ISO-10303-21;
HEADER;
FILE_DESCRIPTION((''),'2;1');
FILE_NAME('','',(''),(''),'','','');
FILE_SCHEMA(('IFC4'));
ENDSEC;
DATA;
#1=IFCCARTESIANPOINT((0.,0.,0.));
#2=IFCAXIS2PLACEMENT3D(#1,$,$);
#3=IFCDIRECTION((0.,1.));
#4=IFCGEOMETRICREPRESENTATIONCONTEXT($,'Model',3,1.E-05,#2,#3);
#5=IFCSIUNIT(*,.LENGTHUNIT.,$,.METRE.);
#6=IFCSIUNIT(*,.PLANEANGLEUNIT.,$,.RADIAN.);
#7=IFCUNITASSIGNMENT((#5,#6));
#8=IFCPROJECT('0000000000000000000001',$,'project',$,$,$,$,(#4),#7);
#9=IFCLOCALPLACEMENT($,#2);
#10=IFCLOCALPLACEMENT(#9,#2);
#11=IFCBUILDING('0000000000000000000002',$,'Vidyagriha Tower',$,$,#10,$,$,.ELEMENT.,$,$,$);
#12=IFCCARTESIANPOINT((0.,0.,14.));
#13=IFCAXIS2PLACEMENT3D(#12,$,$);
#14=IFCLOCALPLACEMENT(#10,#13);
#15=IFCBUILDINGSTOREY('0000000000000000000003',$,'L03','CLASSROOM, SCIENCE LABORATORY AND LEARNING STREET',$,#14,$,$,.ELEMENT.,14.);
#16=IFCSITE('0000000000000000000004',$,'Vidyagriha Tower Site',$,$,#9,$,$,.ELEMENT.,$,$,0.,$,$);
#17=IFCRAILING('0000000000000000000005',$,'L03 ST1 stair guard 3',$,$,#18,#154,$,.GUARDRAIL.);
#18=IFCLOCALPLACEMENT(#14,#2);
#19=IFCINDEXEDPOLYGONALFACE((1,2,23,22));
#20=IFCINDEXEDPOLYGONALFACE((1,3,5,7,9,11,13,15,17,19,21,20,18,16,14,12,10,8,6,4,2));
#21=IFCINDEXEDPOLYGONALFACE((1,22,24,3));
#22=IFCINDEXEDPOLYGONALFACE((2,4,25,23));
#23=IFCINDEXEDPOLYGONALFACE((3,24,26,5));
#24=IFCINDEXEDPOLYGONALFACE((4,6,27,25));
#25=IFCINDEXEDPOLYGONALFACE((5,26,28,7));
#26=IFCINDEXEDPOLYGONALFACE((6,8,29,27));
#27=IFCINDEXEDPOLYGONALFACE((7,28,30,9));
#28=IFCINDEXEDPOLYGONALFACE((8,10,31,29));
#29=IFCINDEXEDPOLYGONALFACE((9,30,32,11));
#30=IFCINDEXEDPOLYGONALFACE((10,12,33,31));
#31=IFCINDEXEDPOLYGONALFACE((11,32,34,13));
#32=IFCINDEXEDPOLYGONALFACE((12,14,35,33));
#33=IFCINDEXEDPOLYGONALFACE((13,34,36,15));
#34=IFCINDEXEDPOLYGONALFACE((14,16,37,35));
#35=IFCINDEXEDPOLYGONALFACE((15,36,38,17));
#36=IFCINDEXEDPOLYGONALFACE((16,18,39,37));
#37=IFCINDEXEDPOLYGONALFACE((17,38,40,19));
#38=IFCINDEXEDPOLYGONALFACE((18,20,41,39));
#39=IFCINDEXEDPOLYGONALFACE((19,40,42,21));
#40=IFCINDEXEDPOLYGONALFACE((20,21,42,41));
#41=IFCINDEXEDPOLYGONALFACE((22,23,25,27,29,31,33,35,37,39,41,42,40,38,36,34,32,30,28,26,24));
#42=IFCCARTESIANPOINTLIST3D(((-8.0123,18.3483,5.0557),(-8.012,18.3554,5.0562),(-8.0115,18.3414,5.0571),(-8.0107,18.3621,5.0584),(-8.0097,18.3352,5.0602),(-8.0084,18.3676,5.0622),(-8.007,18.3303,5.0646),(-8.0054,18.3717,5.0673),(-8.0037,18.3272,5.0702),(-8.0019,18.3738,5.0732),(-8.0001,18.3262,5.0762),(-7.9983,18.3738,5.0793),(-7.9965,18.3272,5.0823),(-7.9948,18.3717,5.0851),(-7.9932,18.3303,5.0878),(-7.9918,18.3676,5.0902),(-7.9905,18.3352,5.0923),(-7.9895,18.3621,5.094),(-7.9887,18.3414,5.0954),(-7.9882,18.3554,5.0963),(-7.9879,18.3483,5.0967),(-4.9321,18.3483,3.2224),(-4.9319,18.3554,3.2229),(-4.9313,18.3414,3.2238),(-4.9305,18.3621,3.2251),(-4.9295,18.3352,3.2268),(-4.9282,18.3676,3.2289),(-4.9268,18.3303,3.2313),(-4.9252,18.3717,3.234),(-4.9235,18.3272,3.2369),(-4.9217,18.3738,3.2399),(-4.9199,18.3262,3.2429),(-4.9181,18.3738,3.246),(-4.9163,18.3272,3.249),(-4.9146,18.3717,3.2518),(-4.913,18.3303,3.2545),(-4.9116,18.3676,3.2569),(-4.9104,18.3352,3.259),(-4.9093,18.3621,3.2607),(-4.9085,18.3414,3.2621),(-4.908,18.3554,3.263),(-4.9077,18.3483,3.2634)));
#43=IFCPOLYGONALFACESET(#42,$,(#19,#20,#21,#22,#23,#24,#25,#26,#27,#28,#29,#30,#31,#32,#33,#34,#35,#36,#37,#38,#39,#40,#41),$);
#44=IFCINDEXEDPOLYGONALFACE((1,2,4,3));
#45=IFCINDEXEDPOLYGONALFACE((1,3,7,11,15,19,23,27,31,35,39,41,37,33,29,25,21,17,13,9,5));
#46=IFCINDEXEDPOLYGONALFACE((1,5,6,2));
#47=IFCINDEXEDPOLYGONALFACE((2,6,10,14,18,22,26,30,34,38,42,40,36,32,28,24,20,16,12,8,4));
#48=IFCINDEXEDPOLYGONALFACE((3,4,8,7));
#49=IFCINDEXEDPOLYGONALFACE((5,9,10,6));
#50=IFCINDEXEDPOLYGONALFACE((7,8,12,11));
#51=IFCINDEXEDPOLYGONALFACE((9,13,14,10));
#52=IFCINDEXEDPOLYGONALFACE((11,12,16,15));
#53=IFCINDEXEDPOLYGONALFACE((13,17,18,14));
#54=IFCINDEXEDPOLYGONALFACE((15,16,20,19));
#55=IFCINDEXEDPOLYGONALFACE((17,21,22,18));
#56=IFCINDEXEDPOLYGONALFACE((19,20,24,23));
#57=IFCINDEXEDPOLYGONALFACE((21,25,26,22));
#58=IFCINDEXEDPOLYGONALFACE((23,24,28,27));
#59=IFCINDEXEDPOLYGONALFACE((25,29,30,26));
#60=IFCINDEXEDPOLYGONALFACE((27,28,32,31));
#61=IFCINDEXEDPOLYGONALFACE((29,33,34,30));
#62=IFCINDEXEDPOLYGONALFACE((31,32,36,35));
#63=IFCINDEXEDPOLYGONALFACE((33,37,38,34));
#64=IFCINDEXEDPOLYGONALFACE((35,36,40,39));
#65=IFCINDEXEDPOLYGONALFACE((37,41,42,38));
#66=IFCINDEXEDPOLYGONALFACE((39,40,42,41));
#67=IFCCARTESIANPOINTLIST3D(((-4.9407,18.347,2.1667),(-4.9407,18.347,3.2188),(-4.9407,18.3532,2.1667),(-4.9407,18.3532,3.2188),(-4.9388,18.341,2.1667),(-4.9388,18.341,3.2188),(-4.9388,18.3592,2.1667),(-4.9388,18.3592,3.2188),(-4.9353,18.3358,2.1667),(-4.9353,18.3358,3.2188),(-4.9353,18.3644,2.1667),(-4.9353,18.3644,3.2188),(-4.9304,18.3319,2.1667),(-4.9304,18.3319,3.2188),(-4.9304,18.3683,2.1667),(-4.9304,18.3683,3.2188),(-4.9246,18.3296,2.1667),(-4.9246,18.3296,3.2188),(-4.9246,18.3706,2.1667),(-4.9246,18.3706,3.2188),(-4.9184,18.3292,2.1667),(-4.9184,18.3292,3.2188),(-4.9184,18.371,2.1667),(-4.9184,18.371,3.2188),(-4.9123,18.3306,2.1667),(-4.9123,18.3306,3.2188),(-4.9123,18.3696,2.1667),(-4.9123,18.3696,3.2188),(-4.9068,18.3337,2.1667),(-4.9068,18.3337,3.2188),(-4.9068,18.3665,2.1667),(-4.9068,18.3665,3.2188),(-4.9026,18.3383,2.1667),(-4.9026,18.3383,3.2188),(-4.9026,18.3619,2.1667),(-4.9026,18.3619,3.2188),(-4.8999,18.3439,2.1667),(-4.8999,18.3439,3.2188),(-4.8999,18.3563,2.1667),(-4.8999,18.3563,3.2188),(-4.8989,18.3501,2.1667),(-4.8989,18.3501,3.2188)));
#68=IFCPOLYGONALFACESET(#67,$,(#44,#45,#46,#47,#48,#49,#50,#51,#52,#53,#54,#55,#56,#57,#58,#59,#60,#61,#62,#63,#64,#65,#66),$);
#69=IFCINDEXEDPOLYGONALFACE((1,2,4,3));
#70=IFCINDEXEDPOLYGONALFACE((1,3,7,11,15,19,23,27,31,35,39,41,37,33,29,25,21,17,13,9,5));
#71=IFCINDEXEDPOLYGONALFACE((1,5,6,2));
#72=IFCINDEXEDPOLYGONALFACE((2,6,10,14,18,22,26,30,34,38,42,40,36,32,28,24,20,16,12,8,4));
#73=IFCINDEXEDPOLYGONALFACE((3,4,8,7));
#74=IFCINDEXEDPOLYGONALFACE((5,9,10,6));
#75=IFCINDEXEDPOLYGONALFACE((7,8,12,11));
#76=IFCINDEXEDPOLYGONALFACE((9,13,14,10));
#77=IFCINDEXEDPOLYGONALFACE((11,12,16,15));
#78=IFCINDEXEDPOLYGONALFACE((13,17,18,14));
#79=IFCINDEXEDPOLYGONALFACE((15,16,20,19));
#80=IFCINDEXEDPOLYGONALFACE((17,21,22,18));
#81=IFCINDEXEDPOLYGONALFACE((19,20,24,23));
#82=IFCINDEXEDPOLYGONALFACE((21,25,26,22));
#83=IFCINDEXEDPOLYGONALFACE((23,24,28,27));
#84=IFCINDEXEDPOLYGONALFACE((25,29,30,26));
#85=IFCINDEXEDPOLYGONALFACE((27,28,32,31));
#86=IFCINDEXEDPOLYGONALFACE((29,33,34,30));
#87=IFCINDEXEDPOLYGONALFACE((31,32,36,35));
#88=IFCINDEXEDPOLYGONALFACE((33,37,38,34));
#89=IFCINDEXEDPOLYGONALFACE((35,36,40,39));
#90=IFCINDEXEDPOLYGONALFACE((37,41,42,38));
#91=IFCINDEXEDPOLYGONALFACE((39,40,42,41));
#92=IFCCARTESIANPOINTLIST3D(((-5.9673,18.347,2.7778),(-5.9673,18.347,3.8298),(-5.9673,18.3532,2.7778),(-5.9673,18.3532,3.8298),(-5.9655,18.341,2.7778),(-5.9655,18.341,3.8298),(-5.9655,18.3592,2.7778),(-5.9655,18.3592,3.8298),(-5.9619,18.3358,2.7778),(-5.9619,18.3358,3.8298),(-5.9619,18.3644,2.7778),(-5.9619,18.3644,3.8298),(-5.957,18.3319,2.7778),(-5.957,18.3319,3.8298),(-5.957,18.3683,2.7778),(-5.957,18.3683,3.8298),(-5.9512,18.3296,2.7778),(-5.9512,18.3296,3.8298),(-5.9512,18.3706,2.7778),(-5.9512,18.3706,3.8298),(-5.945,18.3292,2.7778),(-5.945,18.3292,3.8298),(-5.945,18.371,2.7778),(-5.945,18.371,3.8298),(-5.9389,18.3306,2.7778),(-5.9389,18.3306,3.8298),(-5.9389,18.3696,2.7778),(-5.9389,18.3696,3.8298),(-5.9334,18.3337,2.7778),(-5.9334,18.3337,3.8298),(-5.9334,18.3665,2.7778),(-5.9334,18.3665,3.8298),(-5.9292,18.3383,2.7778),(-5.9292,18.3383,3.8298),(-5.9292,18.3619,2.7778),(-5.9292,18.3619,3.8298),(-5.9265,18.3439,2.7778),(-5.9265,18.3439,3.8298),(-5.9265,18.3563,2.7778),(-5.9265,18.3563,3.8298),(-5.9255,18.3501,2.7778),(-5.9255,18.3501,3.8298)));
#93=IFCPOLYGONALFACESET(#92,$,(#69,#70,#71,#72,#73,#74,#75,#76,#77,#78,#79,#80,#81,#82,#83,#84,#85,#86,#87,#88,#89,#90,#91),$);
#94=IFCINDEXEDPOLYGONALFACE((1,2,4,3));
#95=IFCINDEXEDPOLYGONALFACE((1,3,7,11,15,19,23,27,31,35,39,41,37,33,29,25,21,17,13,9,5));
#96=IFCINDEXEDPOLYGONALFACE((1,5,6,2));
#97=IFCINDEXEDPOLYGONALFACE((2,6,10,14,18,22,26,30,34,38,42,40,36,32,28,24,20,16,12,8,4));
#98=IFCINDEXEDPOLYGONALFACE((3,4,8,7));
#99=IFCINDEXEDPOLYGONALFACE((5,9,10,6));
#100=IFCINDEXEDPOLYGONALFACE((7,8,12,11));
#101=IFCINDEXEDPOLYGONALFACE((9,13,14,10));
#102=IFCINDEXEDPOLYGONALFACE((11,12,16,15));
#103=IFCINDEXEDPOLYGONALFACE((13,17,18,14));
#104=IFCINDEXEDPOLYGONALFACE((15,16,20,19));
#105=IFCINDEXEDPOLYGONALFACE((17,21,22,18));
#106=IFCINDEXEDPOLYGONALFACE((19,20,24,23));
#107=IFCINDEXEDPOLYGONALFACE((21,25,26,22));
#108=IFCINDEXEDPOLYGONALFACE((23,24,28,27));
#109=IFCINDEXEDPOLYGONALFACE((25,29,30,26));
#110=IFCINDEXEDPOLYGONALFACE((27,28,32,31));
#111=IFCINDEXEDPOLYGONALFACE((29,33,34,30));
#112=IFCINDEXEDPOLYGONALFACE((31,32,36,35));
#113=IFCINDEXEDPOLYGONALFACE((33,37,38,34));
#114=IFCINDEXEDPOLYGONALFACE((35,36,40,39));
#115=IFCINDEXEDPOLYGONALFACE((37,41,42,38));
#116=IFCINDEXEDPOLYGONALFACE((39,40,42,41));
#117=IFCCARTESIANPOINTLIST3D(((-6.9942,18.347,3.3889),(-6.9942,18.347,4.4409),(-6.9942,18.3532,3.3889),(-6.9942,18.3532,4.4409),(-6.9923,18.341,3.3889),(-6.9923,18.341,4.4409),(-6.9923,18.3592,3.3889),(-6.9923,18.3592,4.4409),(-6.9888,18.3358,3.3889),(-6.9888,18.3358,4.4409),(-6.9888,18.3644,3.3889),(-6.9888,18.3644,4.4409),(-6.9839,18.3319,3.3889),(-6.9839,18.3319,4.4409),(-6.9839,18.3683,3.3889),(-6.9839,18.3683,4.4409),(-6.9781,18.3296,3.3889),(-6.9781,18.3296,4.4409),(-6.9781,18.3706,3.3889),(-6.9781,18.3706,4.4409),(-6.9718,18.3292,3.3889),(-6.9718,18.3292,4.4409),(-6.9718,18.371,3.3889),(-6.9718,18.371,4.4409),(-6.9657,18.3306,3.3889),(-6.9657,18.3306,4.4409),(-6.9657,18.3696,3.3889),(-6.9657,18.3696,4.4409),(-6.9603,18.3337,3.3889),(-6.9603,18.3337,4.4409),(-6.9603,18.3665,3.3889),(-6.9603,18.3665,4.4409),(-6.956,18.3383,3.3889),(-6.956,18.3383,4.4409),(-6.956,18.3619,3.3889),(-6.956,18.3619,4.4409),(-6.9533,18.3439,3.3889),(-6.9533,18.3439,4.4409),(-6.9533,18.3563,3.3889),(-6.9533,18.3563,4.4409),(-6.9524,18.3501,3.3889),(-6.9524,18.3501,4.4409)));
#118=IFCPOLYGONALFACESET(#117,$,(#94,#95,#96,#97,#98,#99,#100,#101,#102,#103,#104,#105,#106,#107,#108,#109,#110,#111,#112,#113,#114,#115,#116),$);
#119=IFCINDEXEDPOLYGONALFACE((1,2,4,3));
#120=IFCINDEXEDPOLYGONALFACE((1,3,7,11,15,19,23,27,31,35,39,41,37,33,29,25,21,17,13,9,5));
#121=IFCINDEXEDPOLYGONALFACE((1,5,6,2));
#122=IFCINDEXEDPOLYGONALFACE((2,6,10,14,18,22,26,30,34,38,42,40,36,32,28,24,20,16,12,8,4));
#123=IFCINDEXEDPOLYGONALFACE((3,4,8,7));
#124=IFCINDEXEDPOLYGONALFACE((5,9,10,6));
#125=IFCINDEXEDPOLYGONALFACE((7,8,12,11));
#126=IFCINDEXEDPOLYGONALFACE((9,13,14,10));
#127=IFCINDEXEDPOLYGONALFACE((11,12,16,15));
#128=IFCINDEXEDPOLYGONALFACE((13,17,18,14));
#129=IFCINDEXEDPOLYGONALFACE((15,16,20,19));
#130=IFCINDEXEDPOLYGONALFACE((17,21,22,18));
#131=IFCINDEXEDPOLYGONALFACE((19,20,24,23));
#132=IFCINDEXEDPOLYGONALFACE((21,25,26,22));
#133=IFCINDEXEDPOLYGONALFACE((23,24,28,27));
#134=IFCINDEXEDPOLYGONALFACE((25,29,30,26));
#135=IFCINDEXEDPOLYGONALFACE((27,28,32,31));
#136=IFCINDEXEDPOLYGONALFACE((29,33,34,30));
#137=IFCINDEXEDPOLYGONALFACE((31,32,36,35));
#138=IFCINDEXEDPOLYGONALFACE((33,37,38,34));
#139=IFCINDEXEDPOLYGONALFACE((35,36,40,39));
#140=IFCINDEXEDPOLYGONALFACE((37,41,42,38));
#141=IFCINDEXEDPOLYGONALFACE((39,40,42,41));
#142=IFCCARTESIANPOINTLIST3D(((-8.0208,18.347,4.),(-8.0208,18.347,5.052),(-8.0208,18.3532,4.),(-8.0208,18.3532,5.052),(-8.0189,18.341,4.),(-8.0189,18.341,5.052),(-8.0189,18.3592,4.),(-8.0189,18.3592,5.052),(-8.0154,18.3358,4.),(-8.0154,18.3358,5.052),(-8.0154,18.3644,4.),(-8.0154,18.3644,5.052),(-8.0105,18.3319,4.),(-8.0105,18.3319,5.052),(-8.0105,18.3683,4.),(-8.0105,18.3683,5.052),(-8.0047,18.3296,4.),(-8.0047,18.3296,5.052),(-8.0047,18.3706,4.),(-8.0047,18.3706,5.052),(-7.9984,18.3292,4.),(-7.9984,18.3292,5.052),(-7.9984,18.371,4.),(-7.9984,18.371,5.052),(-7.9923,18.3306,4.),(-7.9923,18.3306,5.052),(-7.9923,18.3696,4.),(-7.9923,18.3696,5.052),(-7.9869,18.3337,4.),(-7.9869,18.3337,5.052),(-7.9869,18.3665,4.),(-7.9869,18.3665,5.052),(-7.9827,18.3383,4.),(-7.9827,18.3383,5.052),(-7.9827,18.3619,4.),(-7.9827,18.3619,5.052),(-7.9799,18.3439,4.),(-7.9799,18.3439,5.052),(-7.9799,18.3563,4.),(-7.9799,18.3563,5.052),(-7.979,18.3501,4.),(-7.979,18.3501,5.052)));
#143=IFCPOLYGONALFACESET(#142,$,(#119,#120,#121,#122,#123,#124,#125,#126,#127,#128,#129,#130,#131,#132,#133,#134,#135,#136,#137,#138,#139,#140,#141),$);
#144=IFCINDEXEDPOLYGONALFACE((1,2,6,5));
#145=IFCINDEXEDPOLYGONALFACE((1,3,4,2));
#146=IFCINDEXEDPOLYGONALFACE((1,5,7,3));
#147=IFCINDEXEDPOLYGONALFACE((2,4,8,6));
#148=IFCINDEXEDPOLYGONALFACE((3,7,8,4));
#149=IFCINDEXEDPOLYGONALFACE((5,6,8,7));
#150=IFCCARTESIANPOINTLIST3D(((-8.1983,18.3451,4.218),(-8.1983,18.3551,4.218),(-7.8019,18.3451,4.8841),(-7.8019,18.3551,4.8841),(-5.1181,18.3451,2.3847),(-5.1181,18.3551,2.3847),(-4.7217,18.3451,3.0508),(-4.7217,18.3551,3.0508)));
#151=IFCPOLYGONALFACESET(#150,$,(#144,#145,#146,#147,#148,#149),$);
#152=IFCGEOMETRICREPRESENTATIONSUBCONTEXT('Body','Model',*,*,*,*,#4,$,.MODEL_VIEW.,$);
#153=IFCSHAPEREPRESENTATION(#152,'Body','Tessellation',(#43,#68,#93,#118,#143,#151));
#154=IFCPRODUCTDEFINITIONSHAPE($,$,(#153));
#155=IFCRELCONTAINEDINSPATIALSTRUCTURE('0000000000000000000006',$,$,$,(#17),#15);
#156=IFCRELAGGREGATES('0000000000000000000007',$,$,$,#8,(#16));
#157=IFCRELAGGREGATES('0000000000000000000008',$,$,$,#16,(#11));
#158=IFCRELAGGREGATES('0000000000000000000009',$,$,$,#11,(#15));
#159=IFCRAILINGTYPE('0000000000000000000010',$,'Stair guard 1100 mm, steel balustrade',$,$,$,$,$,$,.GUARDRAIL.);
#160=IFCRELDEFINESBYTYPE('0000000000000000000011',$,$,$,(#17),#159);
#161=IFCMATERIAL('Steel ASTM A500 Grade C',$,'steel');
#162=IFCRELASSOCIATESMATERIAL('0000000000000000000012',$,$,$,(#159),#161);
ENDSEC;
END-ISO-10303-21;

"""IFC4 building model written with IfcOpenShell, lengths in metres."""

from ifc_helpers import new_model, si_unit, direction, frame, origin, origin_2d, place, context, subcontext, project, spatial, rectangle, circle, extrude, material, type_object, element, save


model = new_model("IFC4")

# Units and contexts
model_context = context("Model", 3, precision=1e-05, world=origin(), true_north=direction((0.0, 1.0)))
body_context = subcontext(model_context, "Body", "Model", "MODEL_VIEW")
ifc_project = project(units=[si_unit("LENGTHUNIT", "METRE"), si_unit("PLANEANGLEUNIT", "RADIAN")], contexts=[model_context])

# Site, building, storey
site_placement = place(None, origin())
site = spatial("IfcSite", under=ifc_project, at=site_placement, Name="Vidyagriha Tower Site", CompositionType="ELEMENT", RefElevation=0.0)
building_placement = place(site_placement, origin())
building = spatial("IfcBuilding", under=site, at=building_placement, Name="Vidyagriha Tower", CompositionType="ELEMENT")
storey_placement = place(building_placement, frame((0.0, 0.0, 14.0)))
storey = spatial("IfcBuildingStorey", under=building, at=storey_placement, Name="L03", Description="CLASSROOM, SCIENCE LABORATORY AND LEARNING STREET", CompositionType="ELEMENT", Elevation=14.0)

# Railing
ifc_material_1 = material(Name="Steel ASTM A500 Grade C", Category="steel")
railing_type_1 = type_object("IfcRailingType", Name="Stair guard 1100 mm, steel balustrade", PredefinedType="GUARDRAIL", material=ifc_material_1)
railing_1_placement = place(storey_placement, frame((-4.9199, 18.3501, 2.1667)))
element("IfcRailing", 1, at=railing_1_placement, inside=storey, type_object=railing_type_1, Name="L03 ST1 stair guard 3", PredefinedType="GUARDRAIL", context=body_context, shape_type="SweptSolid", body=[
    extrude(circle(Radius=0.0239, at=origin_2d()), frame((0.0, 0.0, 1.0762), z_axis=(-0.859309, 0.0, 0.511458), x_axis=(0.0, -1.0, 0.0)), (0.0, 0.0, 1.0), 3.5845),
    extrude(circle(Radius=0.021, at=origin_2d()), origin(), (0.0, 0.0, 1.0), 1.052),
    extrude(circle(Radius=0.021, at=origin_2d()), frame((-1.0266, 0.0, 0.6111)), (0.0, 0.0, 1.0), 1.052),
    extrude(circle(Radius=0.021, at=origin_2d()), frame((-2.0535, 0.0, 1.2222)), (0.0, 0.0, 1.0), 1.052),
    extrude(circle(Radius=0.021, at=origin_2d()), frame((-3.0801, 0.0, 1.8333)), (0.0, 0.0, 1.0), 1.052),
    extrude(rectangle(XDim=0.01, YDim=0.7751, at=origin_2d()), frame((0.0, 0.0, 0.551), z_axis=(-0.859309, 0.0, 0.511458), x_axis=(0.0, -1.0, 0.0)), (0.0, 0.0, 1.0), 3.5845),
])

save(model, "model.ifc")
